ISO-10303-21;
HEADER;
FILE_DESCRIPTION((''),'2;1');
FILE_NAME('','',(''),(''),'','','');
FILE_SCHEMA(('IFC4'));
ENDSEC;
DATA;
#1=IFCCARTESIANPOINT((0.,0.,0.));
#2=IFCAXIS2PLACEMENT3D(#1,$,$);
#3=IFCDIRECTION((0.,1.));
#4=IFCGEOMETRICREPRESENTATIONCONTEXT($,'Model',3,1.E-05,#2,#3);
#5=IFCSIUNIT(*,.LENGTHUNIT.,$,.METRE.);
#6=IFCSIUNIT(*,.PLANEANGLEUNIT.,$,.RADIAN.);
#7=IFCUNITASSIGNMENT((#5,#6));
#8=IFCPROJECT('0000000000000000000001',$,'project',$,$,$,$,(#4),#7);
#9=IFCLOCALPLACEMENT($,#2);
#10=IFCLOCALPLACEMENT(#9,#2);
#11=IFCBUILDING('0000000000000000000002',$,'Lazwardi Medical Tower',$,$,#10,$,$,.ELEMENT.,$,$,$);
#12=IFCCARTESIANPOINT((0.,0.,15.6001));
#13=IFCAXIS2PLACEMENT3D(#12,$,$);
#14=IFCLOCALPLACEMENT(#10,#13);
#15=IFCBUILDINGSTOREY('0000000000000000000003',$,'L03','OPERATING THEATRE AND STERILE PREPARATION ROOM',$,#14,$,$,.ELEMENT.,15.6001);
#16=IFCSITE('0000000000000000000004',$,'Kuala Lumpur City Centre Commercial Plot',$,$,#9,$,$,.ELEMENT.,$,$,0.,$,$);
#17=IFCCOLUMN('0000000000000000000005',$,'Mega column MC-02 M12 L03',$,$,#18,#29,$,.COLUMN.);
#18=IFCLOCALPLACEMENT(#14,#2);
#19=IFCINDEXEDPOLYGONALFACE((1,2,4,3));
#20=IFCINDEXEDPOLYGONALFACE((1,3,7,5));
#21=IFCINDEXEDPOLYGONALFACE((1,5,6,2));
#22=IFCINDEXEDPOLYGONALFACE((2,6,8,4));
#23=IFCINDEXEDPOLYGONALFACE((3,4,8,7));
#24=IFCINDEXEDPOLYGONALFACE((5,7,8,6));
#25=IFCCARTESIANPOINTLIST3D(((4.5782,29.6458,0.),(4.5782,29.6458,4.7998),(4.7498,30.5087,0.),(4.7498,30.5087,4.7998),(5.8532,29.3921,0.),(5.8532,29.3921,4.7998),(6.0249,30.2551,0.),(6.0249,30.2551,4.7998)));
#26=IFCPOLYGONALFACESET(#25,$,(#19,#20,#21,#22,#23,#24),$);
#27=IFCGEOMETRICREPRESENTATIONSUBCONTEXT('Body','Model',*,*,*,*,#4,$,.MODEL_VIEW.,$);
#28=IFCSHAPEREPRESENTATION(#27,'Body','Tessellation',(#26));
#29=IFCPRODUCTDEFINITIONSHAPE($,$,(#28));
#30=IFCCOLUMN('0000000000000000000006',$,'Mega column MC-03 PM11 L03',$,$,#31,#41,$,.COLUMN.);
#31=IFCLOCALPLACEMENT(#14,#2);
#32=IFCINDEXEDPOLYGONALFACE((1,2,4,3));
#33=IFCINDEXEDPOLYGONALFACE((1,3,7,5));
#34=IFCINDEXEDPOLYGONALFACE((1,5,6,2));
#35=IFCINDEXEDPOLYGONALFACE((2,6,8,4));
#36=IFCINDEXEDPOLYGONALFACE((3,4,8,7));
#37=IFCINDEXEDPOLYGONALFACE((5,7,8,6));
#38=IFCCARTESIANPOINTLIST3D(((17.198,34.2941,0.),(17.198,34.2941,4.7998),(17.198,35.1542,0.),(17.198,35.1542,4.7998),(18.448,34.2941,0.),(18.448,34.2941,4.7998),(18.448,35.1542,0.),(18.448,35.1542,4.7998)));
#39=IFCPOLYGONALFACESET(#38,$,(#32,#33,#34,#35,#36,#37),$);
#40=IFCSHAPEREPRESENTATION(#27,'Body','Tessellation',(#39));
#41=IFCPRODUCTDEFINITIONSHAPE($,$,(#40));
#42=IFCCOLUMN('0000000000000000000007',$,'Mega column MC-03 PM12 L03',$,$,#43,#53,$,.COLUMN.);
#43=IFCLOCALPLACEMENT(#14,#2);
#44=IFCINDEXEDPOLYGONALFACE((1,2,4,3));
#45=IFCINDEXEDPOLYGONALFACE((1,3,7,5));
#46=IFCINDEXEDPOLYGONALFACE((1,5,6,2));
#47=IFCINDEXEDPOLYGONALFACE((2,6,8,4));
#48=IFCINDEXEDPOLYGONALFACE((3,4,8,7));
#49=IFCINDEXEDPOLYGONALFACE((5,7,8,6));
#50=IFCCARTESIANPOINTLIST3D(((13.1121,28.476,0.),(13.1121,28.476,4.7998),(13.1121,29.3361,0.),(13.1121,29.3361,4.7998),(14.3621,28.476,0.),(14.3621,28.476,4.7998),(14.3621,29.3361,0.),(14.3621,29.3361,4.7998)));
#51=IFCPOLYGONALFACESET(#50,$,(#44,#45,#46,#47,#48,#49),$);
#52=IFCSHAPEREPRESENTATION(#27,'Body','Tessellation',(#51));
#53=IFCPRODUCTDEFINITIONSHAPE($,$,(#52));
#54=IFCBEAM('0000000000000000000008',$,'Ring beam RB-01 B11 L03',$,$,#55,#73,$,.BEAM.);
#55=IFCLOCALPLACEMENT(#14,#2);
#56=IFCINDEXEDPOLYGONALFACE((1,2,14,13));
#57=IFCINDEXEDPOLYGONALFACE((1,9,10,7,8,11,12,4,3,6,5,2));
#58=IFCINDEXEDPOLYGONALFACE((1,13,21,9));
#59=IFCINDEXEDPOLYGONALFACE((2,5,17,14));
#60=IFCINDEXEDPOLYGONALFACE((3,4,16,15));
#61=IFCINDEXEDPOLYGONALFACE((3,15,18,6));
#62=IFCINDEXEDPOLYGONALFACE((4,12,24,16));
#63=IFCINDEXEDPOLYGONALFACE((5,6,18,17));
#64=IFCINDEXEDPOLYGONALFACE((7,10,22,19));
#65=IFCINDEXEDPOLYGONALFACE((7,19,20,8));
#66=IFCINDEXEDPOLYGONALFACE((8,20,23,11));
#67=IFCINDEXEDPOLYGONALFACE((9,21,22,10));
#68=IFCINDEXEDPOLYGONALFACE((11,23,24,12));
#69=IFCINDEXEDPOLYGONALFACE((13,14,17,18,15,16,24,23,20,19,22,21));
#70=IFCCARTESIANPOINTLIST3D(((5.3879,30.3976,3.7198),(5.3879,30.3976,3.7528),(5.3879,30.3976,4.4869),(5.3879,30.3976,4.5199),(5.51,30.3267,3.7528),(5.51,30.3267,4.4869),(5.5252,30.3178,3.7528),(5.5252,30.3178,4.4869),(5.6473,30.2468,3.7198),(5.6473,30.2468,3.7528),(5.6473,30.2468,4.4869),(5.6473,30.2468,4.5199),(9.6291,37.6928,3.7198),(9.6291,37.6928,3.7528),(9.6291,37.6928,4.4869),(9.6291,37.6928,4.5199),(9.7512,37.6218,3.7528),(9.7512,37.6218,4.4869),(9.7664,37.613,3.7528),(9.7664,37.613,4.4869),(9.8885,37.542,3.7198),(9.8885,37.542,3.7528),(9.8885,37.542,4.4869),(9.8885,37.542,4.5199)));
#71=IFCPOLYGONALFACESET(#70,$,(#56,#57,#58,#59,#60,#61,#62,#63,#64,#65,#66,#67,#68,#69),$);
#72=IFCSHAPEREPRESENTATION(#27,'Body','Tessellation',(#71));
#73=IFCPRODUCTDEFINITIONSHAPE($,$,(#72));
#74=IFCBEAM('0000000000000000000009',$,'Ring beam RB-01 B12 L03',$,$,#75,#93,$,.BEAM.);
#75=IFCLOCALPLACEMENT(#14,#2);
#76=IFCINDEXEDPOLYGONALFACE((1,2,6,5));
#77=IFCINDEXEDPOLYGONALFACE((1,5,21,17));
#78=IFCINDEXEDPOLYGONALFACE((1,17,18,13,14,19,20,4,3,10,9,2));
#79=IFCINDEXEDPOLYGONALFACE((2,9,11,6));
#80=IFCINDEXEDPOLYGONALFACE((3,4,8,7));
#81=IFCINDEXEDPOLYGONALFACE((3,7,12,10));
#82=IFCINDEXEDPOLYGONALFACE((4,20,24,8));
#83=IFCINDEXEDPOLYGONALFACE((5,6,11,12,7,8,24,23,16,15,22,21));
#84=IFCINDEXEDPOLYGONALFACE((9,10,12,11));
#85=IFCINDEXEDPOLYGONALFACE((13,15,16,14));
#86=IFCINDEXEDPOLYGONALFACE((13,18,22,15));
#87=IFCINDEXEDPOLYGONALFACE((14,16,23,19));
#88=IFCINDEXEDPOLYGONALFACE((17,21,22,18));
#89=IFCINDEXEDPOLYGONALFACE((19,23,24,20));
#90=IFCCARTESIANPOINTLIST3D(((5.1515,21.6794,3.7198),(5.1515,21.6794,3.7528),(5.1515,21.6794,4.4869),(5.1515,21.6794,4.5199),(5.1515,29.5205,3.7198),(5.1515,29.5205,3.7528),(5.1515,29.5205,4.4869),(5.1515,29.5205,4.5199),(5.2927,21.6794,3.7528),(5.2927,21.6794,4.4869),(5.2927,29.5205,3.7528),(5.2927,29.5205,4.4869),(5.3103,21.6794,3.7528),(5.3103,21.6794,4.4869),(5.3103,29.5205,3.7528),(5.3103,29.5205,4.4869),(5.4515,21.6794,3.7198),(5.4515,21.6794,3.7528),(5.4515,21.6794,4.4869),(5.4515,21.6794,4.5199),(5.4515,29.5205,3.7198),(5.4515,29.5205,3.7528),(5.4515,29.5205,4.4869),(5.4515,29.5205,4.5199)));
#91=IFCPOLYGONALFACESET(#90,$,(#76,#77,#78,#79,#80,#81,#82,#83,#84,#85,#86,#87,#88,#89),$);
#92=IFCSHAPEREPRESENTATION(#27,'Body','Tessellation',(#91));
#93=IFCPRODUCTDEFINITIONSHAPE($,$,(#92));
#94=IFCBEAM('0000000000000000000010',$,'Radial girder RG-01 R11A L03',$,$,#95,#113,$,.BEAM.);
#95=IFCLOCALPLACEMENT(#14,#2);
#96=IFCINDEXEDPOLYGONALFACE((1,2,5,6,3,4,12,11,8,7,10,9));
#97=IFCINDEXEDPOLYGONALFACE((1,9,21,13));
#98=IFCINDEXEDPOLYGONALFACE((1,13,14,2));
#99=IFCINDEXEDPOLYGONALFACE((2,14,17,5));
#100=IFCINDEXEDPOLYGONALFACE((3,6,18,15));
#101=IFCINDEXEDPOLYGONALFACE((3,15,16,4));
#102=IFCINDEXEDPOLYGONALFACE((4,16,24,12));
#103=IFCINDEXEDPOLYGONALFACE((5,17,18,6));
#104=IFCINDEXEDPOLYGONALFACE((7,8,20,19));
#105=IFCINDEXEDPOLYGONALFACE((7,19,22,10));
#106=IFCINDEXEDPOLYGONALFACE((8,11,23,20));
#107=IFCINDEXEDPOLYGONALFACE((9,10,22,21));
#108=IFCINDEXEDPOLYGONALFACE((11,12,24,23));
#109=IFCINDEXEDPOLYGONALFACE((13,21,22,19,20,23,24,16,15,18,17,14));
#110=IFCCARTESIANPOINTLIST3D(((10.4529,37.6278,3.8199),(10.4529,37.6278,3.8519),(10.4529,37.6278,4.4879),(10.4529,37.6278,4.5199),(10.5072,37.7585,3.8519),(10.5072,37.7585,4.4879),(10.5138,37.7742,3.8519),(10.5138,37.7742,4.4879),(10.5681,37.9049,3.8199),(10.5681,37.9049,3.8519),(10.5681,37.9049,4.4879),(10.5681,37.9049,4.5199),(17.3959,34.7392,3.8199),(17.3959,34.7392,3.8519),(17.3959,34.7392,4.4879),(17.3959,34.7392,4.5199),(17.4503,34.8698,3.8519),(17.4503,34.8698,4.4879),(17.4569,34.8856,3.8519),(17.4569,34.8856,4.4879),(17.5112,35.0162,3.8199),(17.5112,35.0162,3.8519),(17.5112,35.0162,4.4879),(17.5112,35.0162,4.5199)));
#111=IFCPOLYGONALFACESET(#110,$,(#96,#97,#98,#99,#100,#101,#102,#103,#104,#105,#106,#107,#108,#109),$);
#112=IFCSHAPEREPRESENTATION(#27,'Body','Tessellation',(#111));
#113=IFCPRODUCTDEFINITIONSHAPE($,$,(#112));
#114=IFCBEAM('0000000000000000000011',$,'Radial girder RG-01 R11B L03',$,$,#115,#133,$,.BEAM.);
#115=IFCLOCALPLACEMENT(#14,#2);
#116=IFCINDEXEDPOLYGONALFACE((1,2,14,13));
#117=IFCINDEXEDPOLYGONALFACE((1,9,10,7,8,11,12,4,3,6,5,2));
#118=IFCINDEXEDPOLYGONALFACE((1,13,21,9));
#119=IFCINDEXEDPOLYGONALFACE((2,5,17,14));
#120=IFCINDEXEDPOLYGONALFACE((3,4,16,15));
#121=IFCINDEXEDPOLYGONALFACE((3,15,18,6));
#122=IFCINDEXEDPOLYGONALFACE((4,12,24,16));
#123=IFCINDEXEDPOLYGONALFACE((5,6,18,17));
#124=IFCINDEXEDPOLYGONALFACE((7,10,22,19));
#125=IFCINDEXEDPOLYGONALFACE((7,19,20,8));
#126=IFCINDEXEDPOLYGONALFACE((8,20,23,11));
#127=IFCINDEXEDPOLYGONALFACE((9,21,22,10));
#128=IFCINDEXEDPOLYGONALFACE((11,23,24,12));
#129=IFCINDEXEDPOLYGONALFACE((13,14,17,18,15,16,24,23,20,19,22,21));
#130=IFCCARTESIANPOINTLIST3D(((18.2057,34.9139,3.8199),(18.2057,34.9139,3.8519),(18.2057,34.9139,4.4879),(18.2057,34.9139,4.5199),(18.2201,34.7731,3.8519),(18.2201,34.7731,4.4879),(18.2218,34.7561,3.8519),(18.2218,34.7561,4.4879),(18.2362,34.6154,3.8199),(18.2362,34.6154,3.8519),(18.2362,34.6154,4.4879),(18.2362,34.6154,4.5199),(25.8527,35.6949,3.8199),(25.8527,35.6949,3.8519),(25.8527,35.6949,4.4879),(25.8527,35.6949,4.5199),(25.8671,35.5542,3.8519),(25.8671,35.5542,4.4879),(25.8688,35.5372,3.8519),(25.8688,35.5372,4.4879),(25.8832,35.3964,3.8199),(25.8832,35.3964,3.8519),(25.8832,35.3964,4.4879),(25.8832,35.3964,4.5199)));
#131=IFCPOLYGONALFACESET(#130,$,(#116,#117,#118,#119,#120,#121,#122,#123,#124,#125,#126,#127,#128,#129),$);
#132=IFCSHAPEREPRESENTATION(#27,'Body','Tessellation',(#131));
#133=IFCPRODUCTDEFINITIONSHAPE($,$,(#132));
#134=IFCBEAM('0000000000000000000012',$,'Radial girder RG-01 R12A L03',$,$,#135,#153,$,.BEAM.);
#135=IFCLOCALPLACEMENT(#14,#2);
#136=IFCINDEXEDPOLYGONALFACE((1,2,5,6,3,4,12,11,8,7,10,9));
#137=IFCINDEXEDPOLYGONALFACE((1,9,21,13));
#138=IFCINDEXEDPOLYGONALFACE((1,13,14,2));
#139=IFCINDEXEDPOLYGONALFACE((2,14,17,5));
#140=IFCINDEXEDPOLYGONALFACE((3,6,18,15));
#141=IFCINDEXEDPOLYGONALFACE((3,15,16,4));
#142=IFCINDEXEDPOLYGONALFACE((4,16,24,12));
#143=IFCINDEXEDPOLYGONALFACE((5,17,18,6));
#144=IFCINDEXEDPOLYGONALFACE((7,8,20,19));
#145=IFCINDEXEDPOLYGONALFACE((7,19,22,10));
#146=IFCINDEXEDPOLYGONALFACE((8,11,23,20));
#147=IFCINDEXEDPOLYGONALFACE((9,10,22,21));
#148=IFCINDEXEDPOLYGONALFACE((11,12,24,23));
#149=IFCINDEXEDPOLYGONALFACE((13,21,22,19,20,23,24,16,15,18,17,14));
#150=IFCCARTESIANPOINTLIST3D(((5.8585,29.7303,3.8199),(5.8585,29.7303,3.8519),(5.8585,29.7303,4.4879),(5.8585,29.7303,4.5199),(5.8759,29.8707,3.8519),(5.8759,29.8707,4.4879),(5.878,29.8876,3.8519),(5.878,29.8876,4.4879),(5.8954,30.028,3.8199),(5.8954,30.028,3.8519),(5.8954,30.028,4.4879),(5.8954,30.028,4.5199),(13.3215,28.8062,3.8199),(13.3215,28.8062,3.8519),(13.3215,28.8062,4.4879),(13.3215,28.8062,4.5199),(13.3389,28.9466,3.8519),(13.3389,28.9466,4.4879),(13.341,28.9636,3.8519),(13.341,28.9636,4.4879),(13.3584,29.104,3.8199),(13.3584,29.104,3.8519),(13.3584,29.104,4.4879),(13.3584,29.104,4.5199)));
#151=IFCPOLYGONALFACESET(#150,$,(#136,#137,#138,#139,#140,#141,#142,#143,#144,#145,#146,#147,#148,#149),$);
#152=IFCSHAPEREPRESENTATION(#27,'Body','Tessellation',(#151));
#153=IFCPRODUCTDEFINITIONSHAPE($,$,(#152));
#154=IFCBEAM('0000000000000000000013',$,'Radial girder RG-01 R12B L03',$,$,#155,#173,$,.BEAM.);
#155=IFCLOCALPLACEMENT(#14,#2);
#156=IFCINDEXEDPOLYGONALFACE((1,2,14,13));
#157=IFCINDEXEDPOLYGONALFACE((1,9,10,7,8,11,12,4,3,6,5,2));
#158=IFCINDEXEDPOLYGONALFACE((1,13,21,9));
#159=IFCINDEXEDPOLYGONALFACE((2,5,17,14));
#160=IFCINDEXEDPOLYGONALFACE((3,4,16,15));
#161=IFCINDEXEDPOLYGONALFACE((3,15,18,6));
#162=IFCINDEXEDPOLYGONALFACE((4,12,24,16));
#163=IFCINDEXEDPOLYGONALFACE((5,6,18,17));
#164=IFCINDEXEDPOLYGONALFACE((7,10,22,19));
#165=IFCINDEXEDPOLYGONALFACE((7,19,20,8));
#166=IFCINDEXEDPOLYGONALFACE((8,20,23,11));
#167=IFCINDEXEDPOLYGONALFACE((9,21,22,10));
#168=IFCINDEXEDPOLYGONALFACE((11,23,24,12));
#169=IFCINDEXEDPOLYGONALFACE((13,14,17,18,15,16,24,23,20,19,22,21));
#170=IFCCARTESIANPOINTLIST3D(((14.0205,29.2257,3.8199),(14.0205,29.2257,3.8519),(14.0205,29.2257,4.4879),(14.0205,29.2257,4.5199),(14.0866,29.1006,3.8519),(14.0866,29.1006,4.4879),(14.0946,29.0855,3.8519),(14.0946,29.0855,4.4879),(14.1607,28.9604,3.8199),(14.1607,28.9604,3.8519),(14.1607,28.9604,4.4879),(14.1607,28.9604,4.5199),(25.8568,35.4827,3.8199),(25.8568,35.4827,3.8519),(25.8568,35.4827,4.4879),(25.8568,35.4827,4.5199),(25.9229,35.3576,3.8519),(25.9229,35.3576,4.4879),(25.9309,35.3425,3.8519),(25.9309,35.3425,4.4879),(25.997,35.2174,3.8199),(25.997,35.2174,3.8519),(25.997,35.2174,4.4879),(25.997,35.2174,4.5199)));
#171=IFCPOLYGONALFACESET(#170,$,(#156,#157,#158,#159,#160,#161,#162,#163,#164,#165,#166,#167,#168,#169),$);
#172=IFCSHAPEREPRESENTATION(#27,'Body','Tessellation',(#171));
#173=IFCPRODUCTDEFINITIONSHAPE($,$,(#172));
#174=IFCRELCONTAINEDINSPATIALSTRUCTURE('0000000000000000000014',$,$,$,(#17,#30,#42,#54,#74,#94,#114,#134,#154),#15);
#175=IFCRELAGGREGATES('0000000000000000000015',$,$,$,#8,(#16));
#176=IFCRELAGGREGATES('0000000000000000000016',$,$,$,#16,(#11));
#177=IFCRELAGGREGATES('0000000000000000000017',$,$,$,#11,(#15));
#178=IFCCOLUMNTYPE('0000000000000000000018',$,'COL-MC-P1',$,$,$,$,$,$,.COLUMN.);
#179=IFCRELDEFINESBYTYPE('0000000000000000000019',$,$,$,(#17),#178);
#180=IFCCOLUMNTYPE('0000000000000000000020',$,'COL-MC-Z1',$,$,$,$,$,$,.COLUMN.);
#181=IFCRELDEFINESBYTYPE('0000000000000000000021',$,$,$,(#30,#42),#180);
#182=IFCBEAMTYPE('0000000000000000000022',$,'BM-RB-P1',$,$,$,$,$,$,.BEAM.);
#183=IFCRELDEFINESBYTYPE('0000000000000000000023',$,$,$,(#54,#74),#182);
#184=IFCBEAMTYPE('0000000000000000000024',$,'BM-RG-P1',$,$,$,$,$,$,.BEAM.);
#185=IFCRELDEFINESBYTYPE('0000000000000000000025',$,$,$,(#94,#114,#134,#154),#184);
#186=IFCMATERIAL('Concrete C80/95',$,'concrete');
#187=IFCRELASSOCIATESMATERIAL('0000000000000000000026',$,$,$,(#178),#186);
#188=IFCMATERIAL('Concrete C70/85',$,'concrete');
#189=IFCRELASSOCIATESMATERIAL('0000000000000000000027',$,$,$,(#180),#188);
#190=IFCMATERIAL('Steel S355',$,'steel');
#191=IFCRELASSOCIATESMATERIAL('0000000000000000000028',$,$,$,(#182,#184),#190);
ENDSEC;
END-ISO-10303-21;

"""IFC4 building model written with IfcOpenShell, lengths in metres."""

from ifc_helpers import new_model, si_unit, direction, frame, origin, origin_2d, place, context, subcontext, project, spatial, rectangle, i_section, extrude, material, material_profile, profile_set, type_object, element, save


model = new_model("IFC4")

# Units and contexts
model_context = context("Model", 3, precision=1e-05, world=origin(), true_north=direction((0.0, 1.0)))
body_context = subcontext(model_context, "Body", "Model", "MODEL_VIEW")
ifc_project = project(units=[si_unit("LENGTHUNIT", "METRE"), si_unit("PLANEANGLEUNIT", "RADIAN")], contexts=[model_context])

# Site, building, storey
site_placement = place(None, origin())
site = spatial("IfcSite", under=ifc_project, at=site_placement, Name="Kuala Lumpur City Centre Commercial Plot", CompositionType="ELEMENT", RefElevation=0.0)
building_placement = place(site_placement, origin())
building = spatial("IfcBuilding", under=site, at=building_placement, Name="Lazwardi Medical Tower", CompositionType="ELEMENT")
storey_placement = place(building_placement, frame((0.0, 0.0, 15.6001)))
storey = spatial("IfcBuildingStorey", under=building, at=storey_placement, Name="L03", Description="OPERATING THEATRE AND STERILE PREPARATION ROOM", CompositionType="ELEMENT", Elevation=15.6001)

# Columns
ifc_material_1 = material(Name="Concrete C80/95", Category="concrete")
ifc_material_profile_1 = material_profile(ifc_material_1, rectangle(XDim=1.3, YDim=0.8799, at=origin_2d()), Name="CFT-RECT 1300x880")
ifc_profile_set_1 = profile_set([ifc_material_profile_1], Name="Concrete C80/95")
column_type_1 = type_object("IfcColumnType", Name="COL-MC-P1", PredefinedType="COLUMN", material=ifc_profile_set_1)
column_placement = place(storey_placement, frame((5.3015, 29.9504, 0.0), z_axis=(0.0, 0.0, 1.0), x_axis=(-0.980785, 0.19509, 0.0)))
element("IfcColumn", 1, at=column_placement, inside=storey, type_object=column_type_1, Name="Mega column MC-02 M12 L03", PredefinedType="COLUMN", context=body_context, shape_type="SweptSolid", body=[
    extrude(rectangle(XDim=1.3, YDim=0.8799, at=origin_2d()), origin(), (0.0, 0.0, 1.0), 4.7998),
])
ifc_material_2 = material(Name="Concrete C70/85", Category="concrete")
ifc_material_profile_2 = material_profile(ifc_material_2, rectangle(XDim=1.25, YDim=0.8601, at=origin_2d()), Name="CFT-RECT 1250x860")
ifc_profile_set_2 = profile_set([ifc_material_profile_2], Name="Concrete C70/85")
column_type_2 = type_object("IfcColumnType", Name="COL-MC-Z1", PredefinedType="COLUMN", material=ifc_profile_set_2)
for number, where, z_axis, x_axis, name in (
    (2, (17.823, 34.7241, 0.0), (0.0, 0.0, 1.0), (1.0, 0.0, 0.0), "Mega column MC-03 PM11 L03"),
    (3, (13.7371, 28.906, 0.0), (0.0, 0.0, 1.0), (1.0, 0.0, 0.0), "Mega column MC-03 PM12 L03"),
):
    element("IfcColumn", number, at=place(storey_placement, frame(where, z_axis=z_axis, x_axis=x_axis)), inside=storey, type_object=column_type_2, Name=name, PredefinedType="COLUMN", context=body_context, shape_type="SweptSolid", body=[
        extrude(rectangle(XDim=1.25, YDim=0.8601, at=origin_2d()), origin(), (0.0, 0.0, 1.0), 4.7998),
    ])

# Beams
ifc_material_3 = material(Name="Steel S355", Category="steel")
ifc_material_profile_3 = material_profile(ifc_material_3, i_section(OverallWidth=0.3, OverallDepth=0.8, WebThickness=0.0176, FlangeThickness=0.033, at=origin_2d()), Name="HEB 800")
ifc_profile_set_3 = profile_set([ifc_material_profile_3], Name="Steel S355")
beam_type_1 = type_object("IfcBeamType", Name="BM-RB-P1", PredefinedType="BEAM", material=ifc_profile_set_3)
beam_1_placement = place(storey_placement, frame((9.7588, 37.6174, 4.1199), z_axis=(-0.502606, -0.864516, 0.0), x_axis=(0.864516, -0.502606, 0.0)))
element("IfcBeam", 4, at=beam_1_placement, inside=storey, type_object=beam_type_1, Name="Ring beam RB-01 B11 L03", PredefinedType="BEAM", context=body_context, shape_type="SweptSolid", body=[
    extrude(i_section(OverallWidth=0.3, OverallDepth=0.8, WebThickness=0.0176, FlangeThickness=0.033, at=origin_2d()), origin(), (0.0, 0.0, 1.0), 8.4385),
])
beam_2_placement = place(storey_placement, frame((5.3015, 29.5205, 4.1199), z_axis=(0.0, -1.0, 0.0), x_axis=(1.0, 0.0, 0.0)))
element("IfcBeam", 5, at=beam_2_placement, inside=storey, type_object=beam_type_1, Name="Ring beam RB-01 B12 L03", PredefinedType="BEAM", context=body_context, shape_type="SweptSolid", body=[
    extrude(i_section(OverallWidth=0.3, OverallDepth=0.8, WebThickness=0.0176, FlangeThickness=0.033, at=origin_2d()), origin(), (0.0, 0.0, 1.0), 7.8411),
])
ifc_material_profile_4 = material_profile(ifc_material_3, i_section(OverallWidth=0.3, OverallDepth=0.7, WebThickness=0.0171, FlangeThickness=0.032, at=origin_2d()), Name="HEB 700")
ifc_profile_set_4 = profile_set([ifc_material_profile_4], Name="Steel S355")
beam_type_2 = type_object("IfcBeamType", Name="BM-RG-P1", PredefinedType="BEAM", material=ifc_profile_set_4)
beam_3_placement = place(storey_placement, frame((10.5105, 37.7664, 4.1699), z_axis=(0.923279, -0.384129, 0.0), x_axis=(0.384129, 0.923279, 0.0)))
element("IfcBeam", 6, at=beam_3_placement, inside=storey, type_object=beam_type_2, Name="Radial girder RG-01 R11A L03", PredefinedType="BEAM", context=body_context, shape_type="SweptSolid", body=[
    extrude(i_section(OverallWidth=0.3, OverallDepth=0.7, WebThickness=0.0171, FlangeThickness=0.032, at=origin_2d()), origin(), (0.0, 0.0, 1.0), 7.52),
])
beam_4_placement = place(storey_placement, frame((18.2209, 34.7646, 4.1699), z_axis=(0.994825, 0.101604, 0.0), x_axis=(-0.101604, 0.994825, 0.0)))
element("IfcBeam", 7, at=beam_4_placement, inside=storey, type_object=beam_type_2, Name="Radial girder RG-01 R11B L03", PredefinedType="BEAM", context=body_context, shape_type="SweptSolid", body=[
    extrude(i_section(OverallWidth=0.3, OverallDepth=0.7, WebThickness=0.0171, FlangeThickness=0.032, at=origin_2d()), origin(), (0.0, 0.0, 1.0), 7.6868),
])
beam_5_placement = place(storey_placement, frame((5.877, 29.8792, 4.1699), z_axis=(0.992422, -0.12288, 0.0), x_axis=(0.12288, 0.992422, 0.0)))
element("IfcBeam", 8, at=beam_5_placement, inside=storey, type_object=beam_type_2, Name="Radial girder RG-01 R12A L03", PredefinedType="BEAM", context=body_context, shape_type="SweptSolid", body=[
    extrude(i_section(OverallWidth=0.3, OverallDepth=0.7, WebThickness=0.0171, FlangeThickness=0.032, at=origin_2d()), origin(), (0.0, 0.0, 1.0), 7.52),
])
beam_6_placement = place(storey_placement, frame((14.0906, 29.093, 4.1699), z_axis=(0.884074, 0.467347, 0.0), x_axis=(-0.467347, 0.884074, 0.0)))
element("IfcBeam", 9, at=beam_6_placement, inside=storey, type_object=beam_type_2, Name="Radial girder RG-01 R12B L03", PredefinedType="BEAM", context=body_context, shape_type="SweptSolid", body=[
    extrude(i_section(OverallWidth=0.3, OverallDepth=0.7, WebThickness=0.0171, FlangeThickness=0.032, at=origin_2d()), origin(), (0.0, 0.0, 1.0), 13.3884),
])

save(model, "model.ifc")
